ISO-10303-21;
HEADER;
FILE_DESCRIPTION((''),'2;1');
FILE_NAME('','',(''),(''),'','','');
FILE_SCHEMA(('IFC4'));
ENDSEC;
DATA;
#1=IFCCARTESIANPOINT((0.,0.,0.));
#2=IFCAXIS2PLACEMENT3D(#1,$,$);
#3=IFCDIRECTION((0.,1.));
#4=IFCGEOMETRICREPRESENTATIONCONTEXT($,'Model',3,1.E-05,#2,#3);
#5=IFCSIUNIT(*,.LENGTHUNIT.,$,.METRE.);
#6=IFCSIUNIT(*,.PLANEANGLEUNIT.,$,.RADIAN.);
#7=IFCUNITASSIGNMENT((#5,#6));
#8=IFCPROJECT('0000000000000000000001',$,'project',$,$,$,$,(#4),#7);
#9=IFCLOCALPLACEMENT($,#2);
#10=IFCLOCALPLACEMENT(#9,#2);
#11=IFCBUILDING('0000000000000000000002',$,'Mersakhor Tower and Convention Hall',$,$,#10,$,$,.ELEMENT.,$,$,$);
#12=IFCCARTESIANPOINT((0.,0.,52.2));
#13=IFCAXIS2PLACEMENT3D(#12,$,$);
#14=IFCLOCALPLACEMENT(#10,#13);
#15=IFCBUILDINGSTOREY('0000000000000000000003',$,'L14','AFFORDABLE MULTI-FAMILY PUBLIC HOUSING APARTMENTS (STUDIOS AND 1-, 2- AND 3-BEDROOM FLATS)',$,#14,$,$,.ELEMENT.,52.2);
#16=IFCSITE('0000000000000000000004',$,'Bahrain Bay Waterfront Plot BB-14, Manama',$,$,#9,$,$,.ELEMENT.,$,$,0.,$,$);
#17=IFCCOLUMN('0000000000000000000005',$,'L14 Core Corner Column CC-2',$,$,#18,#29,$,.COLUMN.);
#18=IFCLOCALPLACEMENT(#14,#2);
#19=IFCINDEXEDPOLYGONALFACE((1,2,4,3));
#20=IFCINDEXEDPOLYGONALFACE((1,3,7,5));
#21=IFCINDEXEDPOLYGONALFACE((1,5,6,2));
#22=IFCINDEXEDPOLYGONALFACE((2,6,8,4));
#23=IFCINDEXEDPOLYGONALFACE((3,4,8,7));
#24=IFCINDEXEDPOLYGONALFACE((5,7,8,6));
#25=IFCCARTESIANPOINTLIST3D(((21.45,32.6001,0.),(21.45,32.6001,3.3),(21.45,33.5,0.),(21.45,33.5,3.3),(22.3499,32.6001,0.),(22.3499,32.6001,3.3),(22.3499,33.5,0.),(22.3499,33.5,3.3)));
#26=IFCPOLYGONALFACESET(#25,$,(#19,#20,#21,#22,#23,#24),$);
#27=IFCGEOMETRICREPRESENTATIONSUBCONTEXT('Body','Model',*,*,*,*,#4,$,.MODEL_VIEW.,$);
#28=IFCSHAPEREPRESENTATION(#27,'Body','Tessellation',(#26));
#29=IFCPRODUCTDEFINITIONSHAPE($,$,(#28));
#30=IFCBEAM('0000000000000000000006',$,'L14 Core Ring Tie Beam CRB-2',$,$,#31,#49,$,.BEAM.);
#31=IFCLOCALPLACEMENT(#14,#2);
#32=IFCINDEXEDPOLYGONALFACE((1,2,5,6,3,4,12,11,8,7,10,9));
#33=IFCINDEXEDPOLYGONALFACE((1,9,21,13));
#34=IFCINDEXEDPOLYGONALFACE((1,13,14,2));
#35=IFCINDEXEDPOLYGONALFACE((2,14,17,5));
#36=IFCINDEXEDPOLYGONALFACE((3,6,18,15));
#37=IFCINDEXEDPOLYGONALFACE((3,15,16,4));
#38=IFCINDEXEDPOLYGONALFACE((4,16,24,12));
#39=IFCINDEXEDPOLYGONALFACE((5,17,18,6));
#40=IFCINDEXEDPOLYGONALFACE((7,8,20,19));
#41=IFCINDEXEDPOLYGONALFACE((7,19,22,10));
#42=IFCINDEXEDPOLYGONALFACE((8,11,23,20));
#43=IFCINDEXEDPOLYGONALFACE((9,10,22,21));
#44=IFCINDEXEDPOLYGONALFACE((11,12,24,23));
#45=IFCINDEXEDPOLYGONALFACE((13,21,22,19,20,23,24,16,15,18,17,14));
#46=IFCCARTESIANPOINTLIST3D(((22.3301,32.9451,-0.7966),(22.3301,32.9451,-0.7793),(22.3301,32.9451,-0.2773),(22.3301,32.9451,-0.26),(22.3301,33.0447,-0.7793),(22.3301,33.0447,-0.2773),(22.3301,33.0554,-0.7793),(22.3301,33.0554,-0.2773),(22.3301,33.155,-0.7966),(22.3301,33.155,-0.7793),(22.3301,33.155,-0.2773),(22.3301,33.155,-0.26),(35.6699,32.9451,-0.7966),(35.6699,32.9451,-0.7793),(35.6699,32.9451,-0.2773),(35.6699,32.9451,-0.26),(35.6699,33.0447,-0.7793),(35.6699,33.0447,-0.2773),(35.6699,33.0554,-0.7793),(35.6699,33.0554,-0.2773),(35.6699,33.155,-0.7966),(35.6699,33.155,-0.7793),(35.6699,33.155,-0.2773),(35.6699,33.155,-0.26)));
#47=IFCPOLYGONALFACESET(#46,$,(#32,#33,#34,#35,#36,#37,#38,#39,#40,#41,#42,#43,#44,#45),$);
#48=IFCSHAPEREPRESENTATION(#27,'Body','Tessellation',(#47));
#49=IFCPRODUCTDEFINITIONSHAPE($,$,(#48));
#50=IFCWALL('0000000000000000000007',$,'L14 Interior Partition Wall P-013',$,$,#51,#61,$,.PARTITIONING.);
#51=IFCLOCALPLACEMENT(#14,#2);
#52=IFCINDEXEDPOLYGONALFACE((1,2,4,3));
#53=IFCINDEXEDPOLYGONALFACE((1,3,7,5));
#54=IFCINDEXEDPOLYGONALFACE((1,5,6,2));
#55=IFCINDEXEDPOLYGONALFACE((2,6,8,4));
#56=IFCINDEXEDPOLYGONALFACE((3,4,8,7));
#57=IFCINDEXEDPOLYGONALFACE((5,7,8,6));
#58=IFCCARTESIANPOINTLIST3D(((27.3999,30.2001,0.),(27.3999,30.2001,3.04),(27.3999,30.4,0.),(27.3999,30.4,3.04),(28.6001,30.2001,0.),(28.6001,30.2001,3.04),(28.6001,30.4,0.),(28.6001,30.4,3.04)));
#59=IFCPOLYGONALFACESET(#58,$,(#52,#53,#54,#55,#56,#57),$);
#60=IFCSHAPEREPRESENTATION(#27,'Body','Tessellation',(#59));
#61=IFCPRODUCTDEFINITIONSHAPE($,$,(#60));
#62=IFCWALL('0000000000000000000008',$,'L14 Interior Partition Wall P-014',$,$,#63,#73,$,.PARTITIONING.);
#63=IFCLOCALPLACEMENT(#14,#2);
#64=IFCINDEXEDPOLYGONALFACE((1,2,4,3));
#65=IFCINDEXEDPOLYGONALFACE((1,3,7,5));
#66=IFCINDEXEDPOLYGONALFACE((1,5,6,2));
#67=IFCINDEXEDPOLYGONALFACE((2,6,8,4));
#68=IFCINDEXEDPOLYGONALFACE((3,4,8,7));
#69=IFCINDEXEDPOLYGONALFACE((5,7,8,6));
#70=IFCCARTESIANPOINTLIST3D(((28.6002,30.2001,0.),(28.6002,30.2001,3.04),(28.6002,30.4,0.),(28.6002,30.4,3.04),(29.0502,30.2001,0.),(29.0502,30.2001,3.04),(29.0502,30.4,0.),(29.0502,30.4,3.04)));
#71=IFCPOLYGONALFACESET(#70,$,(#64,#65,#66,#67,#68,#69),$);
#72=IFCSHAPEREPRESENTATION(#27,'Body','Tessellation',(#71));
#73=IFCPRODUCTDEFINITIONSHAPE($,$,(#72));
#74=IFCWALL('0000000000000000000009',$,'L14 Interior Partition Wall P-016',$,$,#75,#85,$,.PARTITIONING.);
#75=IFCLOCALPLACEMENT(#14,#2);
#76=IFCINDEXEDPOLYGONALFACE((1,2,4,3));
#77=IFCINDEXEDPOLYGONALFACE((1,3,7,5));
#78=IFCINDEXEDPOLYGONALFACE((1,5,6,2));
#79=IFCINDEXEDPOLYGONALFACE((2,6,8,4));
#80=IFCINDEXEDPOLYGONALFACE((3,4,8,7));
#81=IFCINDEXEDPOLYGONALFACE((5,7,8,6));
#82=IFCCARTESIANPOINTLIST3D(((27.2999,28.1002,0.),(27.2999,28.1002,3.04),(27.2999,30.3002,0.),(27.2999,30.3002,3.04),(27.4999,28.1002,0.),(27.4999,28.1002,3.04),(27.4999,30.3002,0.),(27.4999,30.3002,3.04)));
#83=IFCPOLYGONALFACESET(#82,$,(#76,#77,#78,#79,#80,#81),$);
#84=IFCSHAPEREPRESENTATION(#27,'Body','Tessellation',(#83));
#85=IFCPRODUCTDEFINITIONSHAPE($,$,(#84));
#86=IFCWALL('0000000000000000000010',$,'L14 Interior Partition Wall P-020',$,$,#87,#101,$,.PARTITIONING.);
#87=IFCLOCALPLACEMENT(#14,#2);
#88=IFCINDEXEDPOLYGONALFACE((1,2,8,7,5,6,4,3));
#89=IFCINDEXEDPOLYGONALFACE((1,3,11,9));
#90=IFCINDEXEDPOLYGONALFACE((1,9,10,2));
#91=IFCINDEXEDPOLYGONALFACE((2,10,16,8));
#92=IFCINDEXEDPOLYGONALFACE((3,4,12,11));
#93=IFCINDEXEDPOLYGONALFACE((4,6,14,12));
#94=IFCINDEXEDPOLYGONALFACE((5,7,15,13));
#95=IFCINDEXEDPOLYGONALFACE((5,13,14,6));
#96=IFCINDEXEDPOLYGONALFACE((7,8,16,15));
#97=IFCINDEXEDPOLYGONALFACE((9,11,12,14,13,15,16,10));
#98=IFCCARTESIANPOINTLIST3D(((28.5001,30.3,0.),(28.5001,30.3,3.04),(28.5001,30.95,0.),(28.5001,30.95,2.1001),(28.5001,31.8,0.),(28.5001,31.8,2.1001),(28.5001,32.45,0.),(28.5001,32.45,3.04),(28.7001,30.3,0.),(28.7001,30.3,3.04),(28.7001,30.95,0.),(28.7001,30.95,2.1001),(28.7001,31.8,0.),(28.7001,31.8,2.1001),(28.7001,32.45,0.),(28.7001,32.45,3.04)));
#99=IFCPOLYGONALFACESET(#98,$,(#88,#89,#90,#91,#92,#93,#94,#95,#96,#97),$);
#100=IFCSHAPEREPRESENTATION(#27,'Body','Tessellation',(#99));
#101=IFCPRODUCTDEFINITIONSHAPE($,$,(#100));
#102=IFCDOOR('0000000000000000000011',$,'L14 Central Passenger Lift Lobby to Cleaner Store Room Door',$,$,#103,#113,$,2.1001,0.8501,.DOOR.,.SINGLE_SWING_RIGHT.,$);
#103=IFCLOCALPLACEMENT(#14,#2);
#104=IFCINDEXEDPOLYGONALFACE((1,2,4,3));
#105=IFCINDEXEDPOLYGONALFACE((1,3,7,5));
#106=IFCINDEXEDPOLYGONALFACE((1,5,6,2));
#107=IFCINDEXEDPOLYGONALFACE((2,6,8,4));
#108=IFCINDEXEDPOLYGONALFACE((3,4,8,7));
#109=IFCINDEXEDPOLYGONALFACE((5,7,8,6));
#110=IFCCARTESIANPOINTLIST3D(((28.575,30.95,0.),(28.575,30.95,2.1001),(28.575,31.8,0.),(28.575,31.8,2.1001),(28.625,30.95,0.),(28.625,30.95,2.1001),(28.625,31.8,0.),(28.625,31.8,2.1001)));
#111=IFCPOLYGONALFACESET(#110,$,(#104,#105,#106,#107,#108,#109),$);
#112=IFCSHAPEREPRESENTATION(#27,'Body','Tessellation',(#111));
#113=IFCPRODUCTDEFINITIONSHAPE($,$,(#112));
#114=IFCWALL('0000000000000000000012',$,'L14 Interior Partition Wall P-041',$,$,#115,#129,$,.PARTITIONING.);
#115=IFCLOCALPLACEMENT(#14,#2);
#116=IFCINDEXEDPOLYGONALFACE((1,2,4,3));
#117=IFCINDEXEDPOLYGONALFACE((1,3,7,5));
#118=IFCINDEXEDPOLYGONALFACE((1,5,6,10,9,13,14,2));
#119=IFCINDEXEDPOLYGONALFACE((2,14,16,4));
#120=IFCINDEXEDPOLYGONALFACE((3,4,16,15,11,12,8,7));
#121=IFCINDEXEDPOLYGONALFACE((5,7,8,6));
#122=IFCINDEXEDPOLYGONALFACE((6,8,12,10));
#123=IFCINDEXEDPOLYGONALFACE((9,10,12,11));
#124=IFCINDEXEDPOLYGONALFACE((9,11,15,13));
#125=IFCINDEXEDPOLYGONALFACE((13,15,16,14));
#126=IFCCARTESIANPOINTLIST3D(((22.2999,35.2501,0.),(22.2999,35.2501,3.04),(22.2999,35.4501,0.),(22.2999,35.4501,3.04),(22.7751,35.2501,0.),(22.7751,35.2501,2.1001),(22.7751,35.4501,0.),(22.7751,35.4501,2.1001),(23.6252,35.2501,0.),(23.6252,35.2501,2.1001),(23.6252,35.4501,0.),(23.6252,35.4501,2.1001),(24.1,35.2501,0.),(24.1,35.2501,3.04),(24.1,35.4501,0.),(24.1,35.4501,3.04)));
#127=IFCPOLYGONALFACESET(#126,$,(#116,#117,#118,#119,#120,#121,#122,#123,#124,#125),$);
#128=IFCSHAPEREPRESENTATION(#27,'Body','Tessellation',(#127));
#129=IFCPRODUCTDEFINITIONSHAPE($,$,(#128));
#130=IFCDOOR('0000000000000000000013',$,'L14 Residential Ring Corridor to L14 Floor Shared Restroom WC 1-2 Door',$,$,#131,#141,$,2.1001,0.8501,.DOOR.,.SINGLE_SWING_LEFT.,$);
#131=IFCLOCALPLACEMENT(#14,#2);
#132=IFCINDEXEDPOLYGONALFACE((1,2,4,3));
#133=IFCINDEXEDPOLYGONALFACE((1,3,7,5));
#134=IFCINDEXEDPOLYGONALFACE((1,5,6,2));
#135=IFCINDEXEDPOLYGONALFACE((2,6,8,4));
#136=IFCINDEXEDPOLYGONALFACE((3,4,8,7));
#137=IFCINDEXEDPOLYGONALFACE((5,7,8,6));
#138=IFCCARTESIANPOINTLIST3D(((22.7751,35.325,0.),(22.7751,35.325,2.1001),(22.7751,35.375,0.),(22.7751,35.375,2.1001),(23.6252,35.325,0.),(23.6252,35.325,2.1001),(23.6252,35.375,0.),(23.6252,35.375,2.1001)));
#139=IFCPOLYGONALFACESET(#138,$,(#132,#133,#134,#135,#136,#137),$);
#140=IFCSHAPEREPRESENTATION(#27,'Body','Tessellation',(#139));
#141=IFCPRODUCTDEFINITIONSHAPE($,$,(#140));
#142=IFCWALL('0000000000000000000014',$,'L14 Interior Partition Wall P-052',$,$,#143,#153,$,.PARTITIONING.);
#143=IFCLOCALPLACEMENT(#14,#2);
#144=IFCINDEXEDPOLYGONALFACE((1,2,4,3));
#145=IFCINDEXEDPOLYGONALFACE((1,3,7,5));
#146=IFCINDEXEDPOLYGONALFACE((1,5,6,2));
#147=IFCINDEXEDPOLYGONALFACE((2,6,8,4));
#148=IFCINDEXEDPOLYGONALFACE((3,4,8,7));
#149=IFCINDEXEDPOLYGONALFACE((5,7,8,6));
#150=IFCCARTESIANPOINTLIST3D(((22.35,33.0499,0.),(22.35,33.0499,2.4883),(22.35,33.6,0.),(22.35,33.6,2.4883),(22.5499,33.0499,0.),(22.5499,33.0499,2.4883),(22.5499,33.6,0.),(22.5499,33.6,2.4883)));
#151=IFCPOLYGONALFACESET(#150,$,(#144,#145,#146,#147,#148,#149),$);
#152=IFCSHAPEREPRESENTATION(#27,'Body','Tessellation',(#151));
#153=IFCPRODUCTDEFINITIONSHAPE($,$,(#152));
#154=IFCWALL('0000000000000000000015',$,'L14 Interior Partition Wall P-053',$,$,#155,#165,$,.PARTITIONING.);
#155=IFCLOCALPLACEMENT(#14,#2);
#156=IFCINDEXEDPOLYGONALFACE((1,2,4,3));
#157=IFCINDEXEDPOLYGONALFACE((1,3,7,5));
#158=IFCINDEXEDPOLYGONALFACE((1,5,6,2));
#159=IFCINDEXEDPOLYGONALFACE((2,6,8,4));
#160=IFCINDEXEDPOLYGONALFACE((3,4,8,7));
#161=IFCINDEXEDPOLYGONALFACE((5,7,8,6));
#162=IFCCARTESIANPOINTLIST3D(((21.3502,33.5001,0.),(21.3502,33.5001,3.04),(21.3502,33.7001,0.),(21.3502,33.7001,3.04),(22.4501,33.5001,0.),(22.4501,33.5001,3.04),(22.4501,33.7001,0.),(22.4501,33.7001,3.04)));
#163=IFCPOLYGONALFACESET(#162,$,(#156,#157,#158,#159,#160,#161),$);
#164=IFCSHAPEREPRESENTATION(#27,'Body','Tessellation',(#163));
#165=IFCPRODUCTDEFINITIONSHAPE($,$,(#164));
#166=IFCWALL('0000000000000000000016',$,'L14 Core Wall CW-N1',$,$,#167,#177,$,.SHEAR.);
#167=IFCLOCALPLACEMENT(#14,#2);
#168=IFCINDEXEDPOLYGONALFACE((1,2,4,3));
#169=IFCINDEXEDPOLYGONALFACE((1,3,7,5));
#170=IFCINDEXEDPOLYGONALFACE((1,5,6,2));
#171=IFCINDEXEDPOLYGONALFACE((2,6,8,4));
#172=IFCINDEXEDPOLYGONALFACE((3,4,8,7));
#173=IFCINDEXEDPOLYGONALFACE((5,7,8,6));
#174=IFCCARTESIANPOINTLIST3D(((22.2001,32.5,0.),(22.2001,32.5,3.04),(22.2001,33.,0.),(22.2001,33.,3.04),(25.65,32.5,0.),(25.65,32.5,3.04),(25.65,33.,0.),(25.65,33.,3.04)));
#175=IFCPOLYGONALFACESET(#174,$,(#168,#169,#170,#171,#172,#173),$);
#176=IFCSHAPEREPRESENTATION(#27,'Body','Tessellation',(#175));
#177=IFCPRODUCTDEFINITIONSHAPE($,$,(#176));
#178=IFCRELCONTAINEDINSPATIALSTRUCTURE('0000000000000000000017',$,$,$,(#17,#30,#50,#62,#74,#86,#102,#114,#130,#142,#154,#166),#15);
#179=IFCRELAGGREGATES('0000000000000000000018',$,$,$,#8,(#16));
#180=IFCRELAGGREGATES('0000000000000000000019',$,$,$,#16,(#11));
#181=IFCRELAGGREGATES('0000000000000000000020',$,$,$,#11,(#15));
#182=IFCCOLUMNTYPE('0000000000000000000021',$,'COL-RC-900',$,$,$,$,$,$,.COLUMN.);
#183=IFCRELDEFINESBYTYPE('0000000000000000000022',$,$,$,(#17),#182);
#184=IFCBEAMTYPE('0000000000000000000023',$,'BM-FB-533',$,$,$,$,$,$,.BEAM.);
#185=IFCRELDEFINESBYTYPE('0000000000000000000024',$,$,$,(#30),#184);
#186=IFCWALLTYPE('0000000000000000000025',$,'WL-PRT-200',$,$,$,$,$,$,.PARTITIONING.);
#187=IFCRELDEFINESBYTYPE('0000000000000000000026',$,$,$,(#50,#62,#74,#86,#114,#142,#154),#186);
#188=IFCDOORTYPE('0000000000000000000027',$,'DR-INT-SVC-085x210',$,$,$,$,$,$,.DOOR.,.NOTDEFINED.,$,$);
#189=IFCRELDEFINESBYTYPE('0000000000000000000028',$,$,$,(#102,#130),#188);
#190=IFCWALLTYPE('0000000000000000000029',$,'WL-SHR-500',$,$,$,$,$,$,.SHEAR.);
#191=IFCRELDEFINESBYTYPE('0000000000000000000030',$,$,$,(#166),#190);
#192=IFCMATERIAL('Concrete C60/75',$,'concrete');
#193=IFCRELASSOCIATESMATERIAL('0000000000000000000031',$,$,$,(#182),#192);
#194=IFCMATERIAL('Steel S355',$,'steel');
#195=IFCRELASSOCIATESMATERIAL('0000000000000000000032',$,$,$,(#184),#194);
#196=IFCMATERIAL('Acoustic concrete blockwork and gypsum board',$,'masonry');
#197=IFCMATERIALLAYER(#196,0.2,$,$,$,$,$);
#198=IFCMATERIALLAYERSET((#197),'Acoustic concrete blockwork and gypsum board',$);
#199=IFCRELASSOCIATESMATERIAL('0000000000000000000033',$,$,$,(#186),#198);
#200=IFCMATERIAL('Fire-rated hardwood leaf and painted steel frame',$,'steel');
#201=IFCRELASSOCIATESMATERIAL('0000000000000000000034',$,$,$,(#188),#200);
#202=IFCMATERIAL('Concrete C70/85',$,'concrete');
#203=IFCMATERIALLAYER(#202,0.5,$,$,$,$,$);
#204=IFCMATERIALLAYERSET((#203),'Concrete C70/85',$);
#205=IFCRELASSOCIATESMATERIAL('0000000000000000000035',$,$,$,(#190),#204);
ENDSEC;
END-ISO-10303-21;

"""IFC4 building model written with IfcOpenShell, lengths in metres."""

from ifc_helpers import new_model, si_unit, direction, frame, frame_2d, origin, origin_2d, place, context, subcontext, project, spatial, rectangle, i_section, extrude, material, layer, layer_set, material_profile, profile_set, type_object, element, fill, save


model = new_model("IFC4")

# Units and contexts
model_context = context("Model", 3, precision=1e-05, world=origin(), true_north=direction((0.0, 1.0)))
body_context = subcontext(model_context, "Body", "Model", "MODEL_VIEW")
ifc_project = project(units=[si_unit("LENGTHUNIT", "METRE"), si_unit("PLANEANGLEUNIT", "RADIAN")], contexts=[model_context])

# Site, building, storey
site_placement = place(None, origin())
site = spatial("IfcSite", under=ifc_project, at=site_placement, Name="Bahrain Bay Waterfront Plot BB-14, Manama", CompositionType="ELEMENT", RefElevation=0.0)
building_placement = place(site_placement, origin())
building = spatial("IfcBuilding", under=site, at=building_placement, Name="Mersakhor Tower and Convention Hall", CompositionType="ELEMENT")
storey_placement = place(building_placement, frame((0.0, 0.0, 52.2)))
storey = spatial("IfcBuildingStorey", under=building, at=storey_placement, Name="L14", Description="AFFORDABLE MULTI-FAMILY PUBLIC HOUSING APARTMENTS (STUDIOS AND 1-, 2- AND 3-BEDROOM FLATS)", CompositionType="ELEMENT", Elevation=52.2)

# Column
ifc_material_1 = material(Name="Concrete C60/75", Category="concrete")
ifc_material_profile_1 = material_profile(ifc_material_1, rectangle(XDim=0.8999, YDim=0.8999, at=origin_2d()), Name="RC 900x900")
ifc_profile_set_1 = profile_set([ifc_material_profile_1], Name="Concrete C60/75")
column_type = type_object("IfcColumnType", Name="COL-RC-900", PredefinedType="COLUMN", material=ifc_profile_set_1)
column_placement = place(storey_placement, frame((21.8999, 33.05, 0.0), z_axis=(0.0, 0.0, 1.0), x_axis=(1.0, 0.0, 0.0)))
element("IfcColumn", 1, at=column_placement, inside=storey, type_object=column_type, Name="L14 Core Corner Column CC-2", PredefinedType="COLUMN", context=body_context, shape_type="SweptSolid", body=[
    extrude(rectangle(XDim=0.8999, YDim=0.8999, at=origin_2d()), origin(), (0.0, 0.0, 1.0), 3.3),
])

# Beam
ifc_material_2 = material(Name="Steel S355", Category="steel")
ifc_material_profile_2 = material_profile(ifc_material_2, i_section(OverallWidth=0.21, OverallDepth=0.5366, WebThickness=0.0107, FlangeThickness=0.0173, at=origin_2d()), Name="UB 533x210x101")
ifc_profile_set_2 = profile_set([ifc_material_profile_2], Name="Steel S355")
beam_type = type_object("IfcBeamType", Name="BM-FB-533", PredefinedType="BEAM", material=ifc_profile_set_2)
beam_placement = place(storey_placement, frame((22.3301, 33.05, -0.5283), z_axis=(1.0, 0.0, 0.0), x_axis=(0.0, 1.0, 0.0)))
element("IfcBeam", 2, at=beam_placement, inside=storey, type_object=beam_type, Name="L14 Core Ring Tie Beam CRB-2", PredefinedType="BEAM", context=body_context, shape_type="SweptSolid", body=[
    extrude(i_section(OverallWidth=0.21, OverallDepth=0.5366, WebThickness=0.0107, FlangeThickness=0.0173, at=origin_2d()), origin(), (0.0, 0.0, 1.0), 13.3398),
])

# Shared definitions
ifc_material_3 = material(Name="Acoustic concrete blockwork and gypsum board", Category="masonry")
ifc_layer_1 = layer(ifc_material_3, 0.2)
ifc_layer_set_1 = layer_set([ifc_layer_1], Name="Acoustic concrete blockwork and gypsum board")
wall_type_1 = type_object("IfcWallType", Name="WL-PRT-200", PredefinedType="PARTITIONING", material=ifc_layer_set_1)

# Walls
wall_1_placement = place(storey_placement, frame((27.3999, 30.3, 0.0), z_axis=(0.0, 0.0, 1.0), x_axis=(1.0, 0.0, 0.0)))
element("IfcWall", 3, at=wall_1_placement, inside=storey, type_object=wall_type_1, Name="L14 Interior Partition Wall P-013", PredefinedType="PARTITIONING", context=body_context, shape_type="SweptSolid", body=[
    extrude(rectangle(XDim=1.2002, YDim=0.2, at=frame_2d((0.6001, 0.0))), origin(), (0.0, 0.0, 1.0), 3.04),
])
wall_2_placement = place(storey_placement, frame((28.6001, 30.3, 0.0), z_axis=(0.0, 0.0, 1.0), x_axis=(1.0, 0.0, 0.0)))
element("IfcWall", 4, at=wall_2_placement, inside=storey, type_object=wall_type_1, Name="L14 Interior Partition Wall P-014", PredefinedType="PARTITIONING", context=body_context, shape_type="SweptSolid", body=[
    extrude(rectangle(XDim=0.45, YDim=0.2, at=frame_2d((0.2251, 0.0))), origin(), (0.0, 0.0, 1.0), 3.04),
])
wall_3_placement = place(storey_placement, frame((27.3999, 28.1001, 0.0), z_axis=(0.0, 0.0, 1.0), x_axis=(0.0, 1.0, 0.0)))
element("IfcWall", 5, at=wall_3_placement, inside=storey, type_object=wall_type_1, Name="L14 Interior Partition Wall P-016", PredefinedType="PARTITIONING", context=body_context, shape_type="SweptSolid", body=[
    extrude(rectangle(XDim=2.2, YDim=0.2, at=frame_2d((1.1001, 0.0))), origin(), (0.0, 0.0, 1.0), 3.04),
])

# Walls, openings, doors
wall_4_placement = place(storey_placement, frame((28.6001, 32.45, 0.0), z_axis=(0.0, 0.0, 1.0), x_axis=(0.0, -1.0, 0.0)))
wall_4 = element("IfcWall", 6, at=wall_4_placement, inside=storey, type_object=wall_type_1, Name="L14 Interior Partition Wall P-020", PredefinedType="PARTITIONING", context=body_context, shape_type="SweptSolid", body=[
    extrude(rectangle(XDim=2.1499, YDim=0.2, at=frame_2d((1.075, 0.0))), origin(), (0.0, 0.0, 1.0), 3.04),
])
opening_1_placement = place(wall_4_placement, frame((0.6499, 0.0, 0.0)))
opening_1 = element("IfcOpeningElement", 7, at=opening_1_placement, cuts=wall_4, PredefinedType="OPENING", context=body_context, shape_type="SweptSolid", body=[
    extrude(rectangle(XDim=0.8501, YDim=2.1001, at=frame_2d((0.425, 1.05))), frame((0.0, 0.1099, 0.0), z_axis=(0.0, -1.0, 0.0), x_axis=(1.0, 0.0, 0.0)), (0.0, 0.0, 1.0), 0.22),
])
ifc_material_4 = material(Name="Fire-rated hardwood leaf and painted steel frame", Category="steel")
door_type_1 = type_object("IfcDoorType", Name="DR-INT-SVC-085x210", OperationType="NOTDEFINED", PredefinedType="DOOR", material=ifc_material_4)
door_1_placement = place(opening_1_placement, origin())
door_1 = element("IfcDoor", 8, at=door_1_placement, inside=storey, type_object=door_type_1, Name="L14 Central Passenger Lift Lobby to Cleaner Store Room Door", OperationType="SINGLE_SWING_RIGHT", OverallHeight=2.1001, OverallWidth=0.8501, PredefinedType="DOOR", context=body_context, shape_type="SweptSolid", body=[
    extrude(rectangle(XDim=0.8501, YDim=2.1001, at=frame_2d((0.425, 1.05))), frame((0.0, 0.0249, 0.0), z_axis=(0.0, -1.0, 0.0), x_axis=(1.0, 0.0, 0.0)), (0.0, 0.0, 1.0), 0.05),
])
fill(opening_1, door_1)
wall_5_placement = place(storey_placement, frame((22.3, 35.3501, 0.0), z_axis=(0.0, 0.0, 1.0), x_axis=(1.0, 0.0, 0.0)))
wall_5 = element("IfcWall", 9, at=wall_5_placement, inside=storey, type_object=wall_type_1, Name="L14 Interior Partition Wall P-041", PredefinedType="PARTITIONING", context=body_context, shape_type="SweptSolid", body=[
    extrude(rectangle(XDim=1.8, YDim=0.2, at=frame_2d((0.8999, 0.0))), origin(), (0.0, 0.0, 1.0), 3.04),
])
opening_2_placement = place(wall_5_placement, frame((0.4751, 0.0, 0.0)))
opening_2 = element("IfcOpeningElement", 10, at=opening_2_placement, cuts=wall_5, PredefinedType="OPENING", context=body_context, shape_type="SweptSolid", body=[
    extrude(rectangle(XDim=0.8501, YDim=2.1001, at=frame_2d((0.425, 1.05))), frame((0.0, 0.1099, 0.0), z_axis=(0.0, -1.0, 0.0), x_axis=(1.0, 0.0, 0.0)), (0.0, 0.0, 1.0), 0.22),
])
door_2_placement = place(opening_2_placement, origin())
door_2 = element("IfcDoor", 11, at=door_2_placement, inside=storey, type_object=door_type_1, Name="L14 Residential Ring Corridor to L14 Floor Shared Restroom WC 1-2 Door", OperationType="SINGLE_SWING_LEFT", OverallHeight=2.1001, OverallWidth=0.8501, PredefinedType="DOOR", context=body_context, shape_type="SweptSolid", body=[
    extrude(rectangle(XDim=0.8501, YDim=2.1001, at=frame_2d((0.425, 1.05))), frame((0.0, 0.0249, 0.0), z_axis=(0.0, -1.0, 0.0), x_axis=(1.0, 0.0, 0.0)), (0.0, 0.0, 1.0), 0.05),
])
fill(opening_2, door_2)

# Walls
wall_6_placement = place(storey_placement, frame((22.45, 33.05, 0.0), z_axis=(0.0, 0.0, 1.0), x_axis=(0.0, 1.0, 0.0)))
element("IfcWall", 12, at=wall_6_placement, inside=storey, type_object=wall_type_1, Name="L14 Interior Partition Wall P-052", PredefinedType="PARTITIONING", context=body_context, shape_type="SweptSolid", body=[
    extrude(rectangle(XDim=0.55, YDim=0.2, at=frame_2d((0.2749, 0.0))), origin(), (0.0, 0.0, 1.0), 2.4883),
])
wall_7_placement = place(storey_placement, frame((22.45, 33.6001, 0.0), z_axis=(0.0, 0.0, 1.0), x_axis=(-1.0, 0.0, 0.0)))
element("IfcWall", 13, at=wall_7_placement, inside=storey, type_object=wall_type_1, Name="L14 Interior Partition Wall P-053", PredefinedType="PARTITIONING", context=body_context, shape_type="SweptSolid", body=[
    extrude(rectangle(XDim=1.0999, YDim=0.2, at=frame_2d((0.5498, 0.0))), origin(), (0.0, 0.0, 1.0), 3.04),
])
ifc_material_5 = material(Name="Concrete C70/85", Category="concrete")
ifc_layer_2 = layer(ifc_material_5, 0.5)
ifc_layer_set_2 = layer_set([ifc_layer_2], Name="Concrete C70/85")
wall_type_2 = type_object("IfcWallType", Name="WL-SHR-500", PredefinedType="SHEAR", material=ifc_layer_set_2)
wall_8_placement = place(storey_placement, frame((22.2, 32.75, 0.0), z_axis=(0.0, 0.0, 1.0), x_axis=(1.0, 0.0, 0.0)))
element("IfcWall", 14, at=wall_8_placement, inside=storey, type_object=wall_type_2, Name="L14 Core Wall CW-N1", PredefinedType="SHEAR", context=body_context, shape_type="SweptSolid", body=[
    extrude(rectangle(XDim=3.45, YDim=0.5, at=frame_2d((1.7251, 0.0))), origin(), (0.0, 0.0, 1.0), 3.04),
])

save(model, "model.ifc")
